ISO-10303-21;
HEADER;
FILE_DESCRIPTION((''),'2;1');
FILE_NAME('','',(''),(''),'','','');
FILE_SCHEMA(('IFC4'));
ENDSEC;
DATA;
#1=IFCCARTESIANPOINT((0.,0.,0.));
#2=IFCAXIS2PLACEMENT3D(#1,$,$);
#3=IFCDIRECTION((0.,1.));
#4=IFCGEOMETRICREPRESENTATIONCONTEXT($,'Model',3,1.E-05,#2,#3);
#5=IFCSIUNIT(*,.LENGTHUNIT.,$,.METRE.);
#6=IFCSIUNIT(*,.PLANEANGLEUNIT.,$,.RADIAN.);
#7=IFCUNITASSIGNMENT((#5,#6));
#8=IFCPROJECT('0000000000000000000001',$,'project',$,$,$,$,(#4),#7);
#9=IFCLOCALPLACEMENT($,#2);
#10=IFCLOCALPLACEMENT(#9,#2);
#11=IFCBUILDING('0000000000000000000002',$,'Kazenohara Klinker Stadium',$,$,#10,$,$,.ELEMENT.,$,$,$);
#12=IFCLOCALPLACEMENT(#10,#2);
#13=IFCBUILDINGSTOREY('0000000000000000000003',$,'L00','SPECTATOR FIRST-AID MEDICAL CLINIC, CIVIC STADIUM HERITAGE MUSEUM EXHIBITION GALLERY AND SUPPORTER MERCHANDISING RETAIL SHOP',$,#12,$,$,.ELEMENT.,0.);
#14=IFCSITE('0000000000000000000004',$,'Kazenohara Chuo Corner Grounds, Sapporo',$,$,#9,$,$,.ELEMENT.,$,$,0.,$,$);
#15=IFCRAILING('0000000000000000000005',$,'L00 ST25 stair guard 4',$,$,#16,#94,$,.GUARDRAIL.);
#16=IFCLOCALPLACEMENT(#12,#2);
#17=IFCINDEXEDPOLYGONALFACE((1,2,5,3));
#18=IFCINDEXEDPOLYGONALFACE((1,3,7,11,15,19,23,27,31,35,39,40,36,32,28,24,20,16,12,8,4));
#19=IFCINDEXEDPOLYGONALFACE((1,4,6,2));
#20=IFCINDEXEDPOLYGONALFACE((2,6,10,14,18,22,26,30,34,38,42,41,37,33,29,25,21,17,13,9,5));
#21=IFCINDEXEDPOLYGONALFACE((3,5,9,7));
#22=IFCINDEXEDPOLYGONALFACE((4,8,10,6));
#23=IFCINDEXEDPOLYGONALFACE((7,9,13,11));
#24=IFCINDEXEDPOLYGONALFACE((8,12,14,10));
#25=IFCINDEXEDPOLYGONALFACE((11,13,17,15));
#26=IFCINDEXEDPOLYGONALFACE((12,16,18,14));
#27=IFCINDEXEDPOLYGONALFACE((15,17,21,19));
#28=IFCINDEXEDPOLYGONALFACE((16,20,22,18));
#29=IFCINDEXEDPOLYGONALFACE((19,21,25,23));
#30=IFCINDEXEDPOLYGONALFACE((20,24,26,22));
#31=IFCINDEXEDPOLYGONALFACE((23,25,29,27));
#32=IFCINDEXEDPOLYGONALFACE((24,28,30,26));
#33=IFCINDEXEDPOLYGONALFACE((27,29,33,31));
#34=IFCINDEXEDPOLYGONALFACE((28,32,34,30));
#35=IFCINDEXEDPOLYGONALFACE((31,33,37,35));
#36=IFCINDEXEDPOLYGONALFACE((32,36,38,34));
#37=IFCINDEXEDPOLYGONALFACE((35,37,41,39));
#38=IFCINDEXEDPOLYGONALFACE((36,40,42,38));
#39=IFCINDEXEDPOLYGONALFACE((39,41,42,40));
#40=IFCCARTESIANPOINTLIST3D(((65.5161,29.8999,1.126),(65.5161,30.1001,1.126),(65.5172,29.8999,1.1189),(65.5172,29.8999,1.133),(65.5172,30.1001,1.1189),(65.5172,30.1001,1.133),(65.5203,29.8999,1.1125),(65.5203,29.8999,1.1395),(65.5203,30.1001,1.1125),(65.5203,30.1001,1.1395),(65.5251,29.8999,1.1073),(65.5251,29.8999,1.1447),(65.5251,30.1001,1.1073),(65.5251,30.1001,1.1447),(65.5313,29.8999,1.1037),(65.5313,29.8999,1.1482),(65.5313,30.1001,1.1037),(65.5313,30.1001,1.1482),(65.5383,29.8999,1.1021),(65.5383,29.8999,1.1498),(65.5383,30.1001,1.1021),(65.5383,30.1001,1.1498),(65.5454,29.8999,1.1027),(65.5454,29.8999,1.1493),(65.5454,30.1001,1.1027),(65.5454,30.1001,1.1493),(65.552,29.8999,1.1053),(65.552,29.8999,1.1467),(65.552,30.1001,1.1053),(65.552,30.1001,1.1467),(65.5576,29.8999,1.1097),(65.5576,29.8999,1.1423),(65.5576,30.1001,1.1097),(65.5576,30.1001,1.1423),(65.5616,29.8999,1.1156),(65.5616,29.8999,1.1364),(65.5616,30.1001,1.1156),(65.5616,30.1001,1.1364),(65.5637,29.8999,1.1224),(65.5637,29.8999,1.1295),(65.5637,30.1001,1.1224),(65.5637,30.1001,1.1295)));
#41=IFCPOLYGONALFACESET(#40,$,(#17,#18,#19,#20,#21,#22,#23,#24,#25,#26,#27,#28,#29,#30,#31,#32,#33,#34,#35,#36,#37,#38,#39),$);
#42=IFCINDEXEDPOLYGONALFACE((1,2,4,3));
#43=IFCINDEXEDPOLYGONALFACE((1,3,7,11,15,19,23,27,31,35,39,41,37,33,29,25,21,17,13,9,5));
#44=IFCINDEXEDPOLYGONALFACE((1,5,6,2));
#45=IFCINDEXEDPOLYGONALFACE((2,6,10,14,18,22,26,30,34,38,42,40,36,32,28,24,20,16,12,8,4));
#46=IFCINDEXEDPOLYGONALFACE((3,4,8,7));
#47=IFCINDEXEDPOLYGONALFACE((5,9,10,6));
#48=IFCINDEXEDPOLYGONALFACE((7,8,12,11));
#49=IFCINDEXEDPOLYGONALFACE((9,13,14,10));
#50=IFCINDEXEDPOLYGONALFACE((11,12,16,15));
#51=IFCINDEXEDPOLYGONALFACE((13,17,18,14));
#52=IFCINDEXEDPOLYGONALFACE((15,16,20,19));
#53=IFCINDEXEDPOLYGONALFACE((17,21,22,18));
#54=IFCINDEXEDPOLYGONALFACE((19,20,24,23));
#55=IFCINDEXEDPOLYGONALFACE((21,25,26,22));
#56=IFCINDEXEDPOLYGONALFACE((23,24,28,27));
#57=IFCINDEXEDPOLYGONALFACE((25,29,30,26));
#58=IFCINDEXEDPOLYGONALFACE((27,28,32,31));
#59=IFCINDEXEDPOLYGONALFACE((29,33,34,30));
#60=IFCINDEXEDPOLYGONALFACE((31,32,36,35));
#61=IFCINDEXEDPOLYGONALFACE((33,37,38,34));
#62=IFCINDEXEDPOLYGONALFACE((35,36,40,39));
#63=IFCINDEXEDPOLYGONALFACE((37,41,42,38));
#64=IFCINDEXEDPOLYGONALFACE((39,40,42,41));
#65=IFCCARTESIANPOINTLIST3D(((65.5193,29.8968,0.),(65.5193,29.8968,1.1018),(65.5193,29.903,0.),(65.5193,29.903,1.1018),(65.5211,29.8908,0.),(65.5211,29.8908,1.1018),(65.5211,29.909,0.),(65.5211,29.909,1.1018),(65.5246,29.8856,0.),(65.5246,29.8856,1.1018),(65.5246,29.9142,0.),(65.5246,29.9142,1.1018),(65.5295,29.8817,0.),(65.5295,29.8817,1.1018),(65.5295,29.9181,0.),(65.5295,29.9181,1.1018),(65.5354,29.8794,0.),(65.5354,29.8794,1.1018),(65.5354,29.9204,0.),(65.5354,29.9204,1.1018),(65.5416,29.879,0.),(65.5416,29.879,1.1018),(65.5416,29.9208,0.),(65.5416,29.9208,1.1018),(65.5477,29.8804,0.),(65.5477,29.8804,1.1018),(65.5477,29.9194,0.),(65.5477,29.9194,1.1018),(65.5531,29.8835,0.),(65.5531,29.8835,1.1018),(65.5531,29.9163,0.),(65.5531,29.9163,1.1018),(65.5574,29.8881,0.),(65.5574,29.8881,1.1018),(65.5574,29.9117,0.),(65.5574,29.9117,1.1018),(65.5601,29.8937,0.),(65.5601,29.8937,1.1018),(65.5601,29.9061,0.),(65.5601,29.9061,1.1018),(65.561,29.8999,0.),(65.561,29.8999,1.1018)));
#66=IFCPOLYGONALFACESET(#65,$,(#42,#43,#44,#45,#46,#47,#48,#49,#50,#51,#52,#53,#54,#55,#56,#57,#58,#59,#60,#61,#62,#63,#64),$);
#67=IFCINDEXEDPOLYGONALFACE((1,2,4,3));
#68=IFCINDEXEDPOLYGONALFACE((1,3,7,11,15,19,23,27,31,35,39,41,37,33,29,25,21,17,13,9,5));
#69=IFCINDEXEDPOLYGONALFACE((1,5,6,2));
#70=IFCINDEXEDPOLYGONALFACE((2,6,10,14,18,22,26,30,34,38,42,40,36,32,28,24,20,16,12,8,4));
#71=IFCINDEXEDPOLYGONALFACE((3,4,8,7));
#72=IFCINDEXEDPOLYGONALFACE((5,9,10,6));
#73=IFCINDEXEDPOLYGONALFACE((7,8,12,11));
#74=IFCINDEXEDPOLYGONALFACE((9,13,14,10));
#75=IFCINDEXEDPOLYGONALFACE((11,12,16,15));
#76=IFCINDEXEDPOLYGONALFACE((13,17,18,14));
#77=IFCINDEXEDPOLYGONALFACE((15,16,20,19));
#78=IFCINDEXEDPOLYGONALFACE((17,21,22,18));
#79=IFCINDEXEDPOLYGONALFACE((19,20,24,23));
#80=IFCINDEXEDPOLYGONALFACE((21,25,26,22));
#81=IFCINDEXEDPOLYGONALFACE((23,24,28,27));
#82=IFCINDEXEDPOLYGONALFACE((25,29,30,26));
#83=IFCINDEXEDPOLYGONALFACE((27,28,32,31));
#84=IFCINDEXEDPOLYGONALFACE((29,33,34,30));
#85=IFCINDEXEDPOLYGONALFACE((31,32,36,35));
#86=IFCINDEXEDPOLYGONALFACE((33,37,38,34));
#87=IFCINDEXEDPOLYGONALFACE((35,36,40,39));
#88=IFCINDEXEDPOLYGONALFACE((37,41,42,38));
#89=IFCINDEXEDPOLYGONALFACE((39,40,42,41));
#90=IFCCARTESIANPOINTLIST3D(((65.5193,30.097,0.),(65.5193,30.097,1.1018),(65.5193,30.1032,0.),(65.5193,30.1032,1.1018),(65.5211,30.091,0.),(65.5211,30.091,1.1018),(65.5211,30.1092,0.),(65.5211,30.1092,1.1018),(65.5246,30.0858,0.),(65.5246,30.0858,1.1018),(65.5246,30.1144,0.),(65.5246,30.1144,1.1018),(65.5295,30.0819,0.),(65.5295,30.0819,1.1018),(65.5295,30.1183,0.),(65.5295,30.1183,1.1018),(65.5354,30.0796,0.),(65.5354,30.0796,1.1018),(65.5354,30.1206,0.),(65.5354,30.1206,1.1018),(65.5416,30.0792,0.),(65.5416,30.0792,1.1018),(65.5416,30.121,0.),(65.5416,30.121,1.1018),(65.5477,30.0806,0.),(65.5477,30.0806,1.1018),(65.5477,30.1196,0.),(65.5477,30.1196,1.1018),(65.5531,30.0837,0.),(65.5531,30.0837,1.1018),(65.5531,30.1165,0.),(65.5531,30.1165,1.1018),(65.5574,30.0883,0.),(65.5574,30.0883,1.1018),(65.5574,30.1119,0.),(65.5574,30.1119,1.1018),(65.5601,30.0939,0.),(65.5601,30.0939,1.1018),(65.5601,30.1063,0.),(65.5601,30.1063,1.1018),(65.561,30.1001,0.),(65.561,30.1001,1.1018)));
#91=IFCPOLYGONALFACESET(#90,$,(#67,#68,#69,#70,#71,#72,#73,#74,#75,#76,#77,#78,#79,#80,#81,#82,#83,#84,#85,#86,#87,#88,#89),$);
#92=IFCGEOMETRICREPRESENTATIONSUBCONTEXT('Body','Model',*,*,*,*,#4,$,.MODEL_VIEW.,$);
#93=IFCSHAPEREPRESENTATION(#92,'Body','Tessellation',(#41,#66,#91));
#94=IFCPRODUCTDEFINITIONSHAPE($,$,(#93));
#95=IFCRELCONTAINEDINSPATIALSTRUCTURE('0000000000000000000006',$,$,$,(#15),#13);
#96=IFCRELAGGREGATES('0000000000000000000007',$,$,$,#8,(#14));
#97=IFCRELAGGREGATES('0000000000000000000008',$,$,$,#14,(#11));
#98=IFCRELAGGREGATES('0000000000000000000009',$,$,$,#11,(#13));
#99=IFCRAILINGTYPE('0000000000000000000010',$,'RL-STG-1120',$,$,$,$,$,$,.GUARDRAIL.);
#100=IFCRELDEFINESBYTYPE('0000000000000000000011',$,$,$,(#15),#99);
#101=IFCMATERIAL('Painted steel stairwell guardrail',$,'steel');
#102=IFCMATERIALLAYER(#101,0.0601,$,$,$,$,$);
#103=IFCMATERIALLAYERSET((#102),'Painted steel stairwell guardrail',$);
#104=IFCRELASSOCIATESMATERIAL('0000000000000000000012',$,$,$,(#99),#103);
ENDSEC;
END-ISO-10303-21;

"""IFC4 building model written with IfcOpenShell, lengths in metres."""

from ifc_helpers import new_model, si_unit, direction, frame, origin, origin_2d, place, context, subcontext, project, spatial, circle, extrude, material, layer, layer_set, type_object, element, save


model = new_model("IFC4")

# Units and contexts
model_context = context("Model", 3, precision=1e-05, world=origin(), true_north=direction((0.0, 1.0)))
body_context = subcontext(model_context, "Body", "Model", "MODEL_VIEW")
ifc_project = project(units=[si_unit("LENGTHUNIT", "METRE"), si_unit("PLANEANGLEUNIT", "RADIAN")], contexts=[model_context])

# Site, building, storey
site_placement = place(None, origin())
site = spatial("IfcSite", under=ifc_project, at=site_placement, Name="Kazenohara Chuo Corner Grounds, Sapporo", CompositionType="ELEMENT", RefElevation=0.0)
building_placement = place(site_placement, origin())
building = spatial("IfcBuilding", under=site, at=building_placement, Name="Kazenohara Klinker Stadium", CompositionType="ELEMENT")
storey_placement = place(building_placement, origin())
storey = spatial("IfcBuildingStorey", under=building, at=storey_placement, Name="L00", Description="SPECTATOR FIRST-AID MEDICAL CLINIC, CIVIC STADIUM HERITAGE MUSEUM EXHIBITION GALLERY AND SUPPORTER MERCHANDISING RETAIL SHOP", CompositionType="ELEMENT", Elevation=0.0)

# Railing
ifc_material_1 = material(Name="Painted steel stairwell guardrail", Category="steel")
ifc_layer_1 = layer(ifc_material_1, 0.0601)
ifc_layer_set_1 = layer_set([ifc_layer_1], Name="Painted steel stairwell guardrail")
railing_type_1 = type_object("IfcRailingType", Name="RL-STG-1120", PredefinedType="GUARDRAIL", material=ifc_layer_set_1)
railing_1_placement = place(storey_placement, frame((65.54, 29.8999, 0.0)))
element("IfcRailing", 1, at=railing_1_placement, inside=storey, type_object=railing_type_1, Name="L00 ST25 stair guard 4", PredefinedType="GUARDRAIL", context=body_context, shape_type="SweptSolid", body=[
    extrude(circle(Radius=0.0239, at=origin_2d()), frame((0.0, 0.0, 1.126), z_axis=(0.0, 1.0, 0.0), x_axis=(-1.0, 0.0, 0.0)), (0.0, 0.0, 1.0), 0.2002),
    extrude(circle(Radius=0.021, at=origin_2d()), origin(), (0.0, 0.0, 1.0), 1.1018),
    extrude(circle(Radius=0.021, at=origin_2d()), frame((0.0, 0.2002, 0.0)), (0.0, 0.0, 1.0), 1.1018),
])

save(model, "model.ifc")
